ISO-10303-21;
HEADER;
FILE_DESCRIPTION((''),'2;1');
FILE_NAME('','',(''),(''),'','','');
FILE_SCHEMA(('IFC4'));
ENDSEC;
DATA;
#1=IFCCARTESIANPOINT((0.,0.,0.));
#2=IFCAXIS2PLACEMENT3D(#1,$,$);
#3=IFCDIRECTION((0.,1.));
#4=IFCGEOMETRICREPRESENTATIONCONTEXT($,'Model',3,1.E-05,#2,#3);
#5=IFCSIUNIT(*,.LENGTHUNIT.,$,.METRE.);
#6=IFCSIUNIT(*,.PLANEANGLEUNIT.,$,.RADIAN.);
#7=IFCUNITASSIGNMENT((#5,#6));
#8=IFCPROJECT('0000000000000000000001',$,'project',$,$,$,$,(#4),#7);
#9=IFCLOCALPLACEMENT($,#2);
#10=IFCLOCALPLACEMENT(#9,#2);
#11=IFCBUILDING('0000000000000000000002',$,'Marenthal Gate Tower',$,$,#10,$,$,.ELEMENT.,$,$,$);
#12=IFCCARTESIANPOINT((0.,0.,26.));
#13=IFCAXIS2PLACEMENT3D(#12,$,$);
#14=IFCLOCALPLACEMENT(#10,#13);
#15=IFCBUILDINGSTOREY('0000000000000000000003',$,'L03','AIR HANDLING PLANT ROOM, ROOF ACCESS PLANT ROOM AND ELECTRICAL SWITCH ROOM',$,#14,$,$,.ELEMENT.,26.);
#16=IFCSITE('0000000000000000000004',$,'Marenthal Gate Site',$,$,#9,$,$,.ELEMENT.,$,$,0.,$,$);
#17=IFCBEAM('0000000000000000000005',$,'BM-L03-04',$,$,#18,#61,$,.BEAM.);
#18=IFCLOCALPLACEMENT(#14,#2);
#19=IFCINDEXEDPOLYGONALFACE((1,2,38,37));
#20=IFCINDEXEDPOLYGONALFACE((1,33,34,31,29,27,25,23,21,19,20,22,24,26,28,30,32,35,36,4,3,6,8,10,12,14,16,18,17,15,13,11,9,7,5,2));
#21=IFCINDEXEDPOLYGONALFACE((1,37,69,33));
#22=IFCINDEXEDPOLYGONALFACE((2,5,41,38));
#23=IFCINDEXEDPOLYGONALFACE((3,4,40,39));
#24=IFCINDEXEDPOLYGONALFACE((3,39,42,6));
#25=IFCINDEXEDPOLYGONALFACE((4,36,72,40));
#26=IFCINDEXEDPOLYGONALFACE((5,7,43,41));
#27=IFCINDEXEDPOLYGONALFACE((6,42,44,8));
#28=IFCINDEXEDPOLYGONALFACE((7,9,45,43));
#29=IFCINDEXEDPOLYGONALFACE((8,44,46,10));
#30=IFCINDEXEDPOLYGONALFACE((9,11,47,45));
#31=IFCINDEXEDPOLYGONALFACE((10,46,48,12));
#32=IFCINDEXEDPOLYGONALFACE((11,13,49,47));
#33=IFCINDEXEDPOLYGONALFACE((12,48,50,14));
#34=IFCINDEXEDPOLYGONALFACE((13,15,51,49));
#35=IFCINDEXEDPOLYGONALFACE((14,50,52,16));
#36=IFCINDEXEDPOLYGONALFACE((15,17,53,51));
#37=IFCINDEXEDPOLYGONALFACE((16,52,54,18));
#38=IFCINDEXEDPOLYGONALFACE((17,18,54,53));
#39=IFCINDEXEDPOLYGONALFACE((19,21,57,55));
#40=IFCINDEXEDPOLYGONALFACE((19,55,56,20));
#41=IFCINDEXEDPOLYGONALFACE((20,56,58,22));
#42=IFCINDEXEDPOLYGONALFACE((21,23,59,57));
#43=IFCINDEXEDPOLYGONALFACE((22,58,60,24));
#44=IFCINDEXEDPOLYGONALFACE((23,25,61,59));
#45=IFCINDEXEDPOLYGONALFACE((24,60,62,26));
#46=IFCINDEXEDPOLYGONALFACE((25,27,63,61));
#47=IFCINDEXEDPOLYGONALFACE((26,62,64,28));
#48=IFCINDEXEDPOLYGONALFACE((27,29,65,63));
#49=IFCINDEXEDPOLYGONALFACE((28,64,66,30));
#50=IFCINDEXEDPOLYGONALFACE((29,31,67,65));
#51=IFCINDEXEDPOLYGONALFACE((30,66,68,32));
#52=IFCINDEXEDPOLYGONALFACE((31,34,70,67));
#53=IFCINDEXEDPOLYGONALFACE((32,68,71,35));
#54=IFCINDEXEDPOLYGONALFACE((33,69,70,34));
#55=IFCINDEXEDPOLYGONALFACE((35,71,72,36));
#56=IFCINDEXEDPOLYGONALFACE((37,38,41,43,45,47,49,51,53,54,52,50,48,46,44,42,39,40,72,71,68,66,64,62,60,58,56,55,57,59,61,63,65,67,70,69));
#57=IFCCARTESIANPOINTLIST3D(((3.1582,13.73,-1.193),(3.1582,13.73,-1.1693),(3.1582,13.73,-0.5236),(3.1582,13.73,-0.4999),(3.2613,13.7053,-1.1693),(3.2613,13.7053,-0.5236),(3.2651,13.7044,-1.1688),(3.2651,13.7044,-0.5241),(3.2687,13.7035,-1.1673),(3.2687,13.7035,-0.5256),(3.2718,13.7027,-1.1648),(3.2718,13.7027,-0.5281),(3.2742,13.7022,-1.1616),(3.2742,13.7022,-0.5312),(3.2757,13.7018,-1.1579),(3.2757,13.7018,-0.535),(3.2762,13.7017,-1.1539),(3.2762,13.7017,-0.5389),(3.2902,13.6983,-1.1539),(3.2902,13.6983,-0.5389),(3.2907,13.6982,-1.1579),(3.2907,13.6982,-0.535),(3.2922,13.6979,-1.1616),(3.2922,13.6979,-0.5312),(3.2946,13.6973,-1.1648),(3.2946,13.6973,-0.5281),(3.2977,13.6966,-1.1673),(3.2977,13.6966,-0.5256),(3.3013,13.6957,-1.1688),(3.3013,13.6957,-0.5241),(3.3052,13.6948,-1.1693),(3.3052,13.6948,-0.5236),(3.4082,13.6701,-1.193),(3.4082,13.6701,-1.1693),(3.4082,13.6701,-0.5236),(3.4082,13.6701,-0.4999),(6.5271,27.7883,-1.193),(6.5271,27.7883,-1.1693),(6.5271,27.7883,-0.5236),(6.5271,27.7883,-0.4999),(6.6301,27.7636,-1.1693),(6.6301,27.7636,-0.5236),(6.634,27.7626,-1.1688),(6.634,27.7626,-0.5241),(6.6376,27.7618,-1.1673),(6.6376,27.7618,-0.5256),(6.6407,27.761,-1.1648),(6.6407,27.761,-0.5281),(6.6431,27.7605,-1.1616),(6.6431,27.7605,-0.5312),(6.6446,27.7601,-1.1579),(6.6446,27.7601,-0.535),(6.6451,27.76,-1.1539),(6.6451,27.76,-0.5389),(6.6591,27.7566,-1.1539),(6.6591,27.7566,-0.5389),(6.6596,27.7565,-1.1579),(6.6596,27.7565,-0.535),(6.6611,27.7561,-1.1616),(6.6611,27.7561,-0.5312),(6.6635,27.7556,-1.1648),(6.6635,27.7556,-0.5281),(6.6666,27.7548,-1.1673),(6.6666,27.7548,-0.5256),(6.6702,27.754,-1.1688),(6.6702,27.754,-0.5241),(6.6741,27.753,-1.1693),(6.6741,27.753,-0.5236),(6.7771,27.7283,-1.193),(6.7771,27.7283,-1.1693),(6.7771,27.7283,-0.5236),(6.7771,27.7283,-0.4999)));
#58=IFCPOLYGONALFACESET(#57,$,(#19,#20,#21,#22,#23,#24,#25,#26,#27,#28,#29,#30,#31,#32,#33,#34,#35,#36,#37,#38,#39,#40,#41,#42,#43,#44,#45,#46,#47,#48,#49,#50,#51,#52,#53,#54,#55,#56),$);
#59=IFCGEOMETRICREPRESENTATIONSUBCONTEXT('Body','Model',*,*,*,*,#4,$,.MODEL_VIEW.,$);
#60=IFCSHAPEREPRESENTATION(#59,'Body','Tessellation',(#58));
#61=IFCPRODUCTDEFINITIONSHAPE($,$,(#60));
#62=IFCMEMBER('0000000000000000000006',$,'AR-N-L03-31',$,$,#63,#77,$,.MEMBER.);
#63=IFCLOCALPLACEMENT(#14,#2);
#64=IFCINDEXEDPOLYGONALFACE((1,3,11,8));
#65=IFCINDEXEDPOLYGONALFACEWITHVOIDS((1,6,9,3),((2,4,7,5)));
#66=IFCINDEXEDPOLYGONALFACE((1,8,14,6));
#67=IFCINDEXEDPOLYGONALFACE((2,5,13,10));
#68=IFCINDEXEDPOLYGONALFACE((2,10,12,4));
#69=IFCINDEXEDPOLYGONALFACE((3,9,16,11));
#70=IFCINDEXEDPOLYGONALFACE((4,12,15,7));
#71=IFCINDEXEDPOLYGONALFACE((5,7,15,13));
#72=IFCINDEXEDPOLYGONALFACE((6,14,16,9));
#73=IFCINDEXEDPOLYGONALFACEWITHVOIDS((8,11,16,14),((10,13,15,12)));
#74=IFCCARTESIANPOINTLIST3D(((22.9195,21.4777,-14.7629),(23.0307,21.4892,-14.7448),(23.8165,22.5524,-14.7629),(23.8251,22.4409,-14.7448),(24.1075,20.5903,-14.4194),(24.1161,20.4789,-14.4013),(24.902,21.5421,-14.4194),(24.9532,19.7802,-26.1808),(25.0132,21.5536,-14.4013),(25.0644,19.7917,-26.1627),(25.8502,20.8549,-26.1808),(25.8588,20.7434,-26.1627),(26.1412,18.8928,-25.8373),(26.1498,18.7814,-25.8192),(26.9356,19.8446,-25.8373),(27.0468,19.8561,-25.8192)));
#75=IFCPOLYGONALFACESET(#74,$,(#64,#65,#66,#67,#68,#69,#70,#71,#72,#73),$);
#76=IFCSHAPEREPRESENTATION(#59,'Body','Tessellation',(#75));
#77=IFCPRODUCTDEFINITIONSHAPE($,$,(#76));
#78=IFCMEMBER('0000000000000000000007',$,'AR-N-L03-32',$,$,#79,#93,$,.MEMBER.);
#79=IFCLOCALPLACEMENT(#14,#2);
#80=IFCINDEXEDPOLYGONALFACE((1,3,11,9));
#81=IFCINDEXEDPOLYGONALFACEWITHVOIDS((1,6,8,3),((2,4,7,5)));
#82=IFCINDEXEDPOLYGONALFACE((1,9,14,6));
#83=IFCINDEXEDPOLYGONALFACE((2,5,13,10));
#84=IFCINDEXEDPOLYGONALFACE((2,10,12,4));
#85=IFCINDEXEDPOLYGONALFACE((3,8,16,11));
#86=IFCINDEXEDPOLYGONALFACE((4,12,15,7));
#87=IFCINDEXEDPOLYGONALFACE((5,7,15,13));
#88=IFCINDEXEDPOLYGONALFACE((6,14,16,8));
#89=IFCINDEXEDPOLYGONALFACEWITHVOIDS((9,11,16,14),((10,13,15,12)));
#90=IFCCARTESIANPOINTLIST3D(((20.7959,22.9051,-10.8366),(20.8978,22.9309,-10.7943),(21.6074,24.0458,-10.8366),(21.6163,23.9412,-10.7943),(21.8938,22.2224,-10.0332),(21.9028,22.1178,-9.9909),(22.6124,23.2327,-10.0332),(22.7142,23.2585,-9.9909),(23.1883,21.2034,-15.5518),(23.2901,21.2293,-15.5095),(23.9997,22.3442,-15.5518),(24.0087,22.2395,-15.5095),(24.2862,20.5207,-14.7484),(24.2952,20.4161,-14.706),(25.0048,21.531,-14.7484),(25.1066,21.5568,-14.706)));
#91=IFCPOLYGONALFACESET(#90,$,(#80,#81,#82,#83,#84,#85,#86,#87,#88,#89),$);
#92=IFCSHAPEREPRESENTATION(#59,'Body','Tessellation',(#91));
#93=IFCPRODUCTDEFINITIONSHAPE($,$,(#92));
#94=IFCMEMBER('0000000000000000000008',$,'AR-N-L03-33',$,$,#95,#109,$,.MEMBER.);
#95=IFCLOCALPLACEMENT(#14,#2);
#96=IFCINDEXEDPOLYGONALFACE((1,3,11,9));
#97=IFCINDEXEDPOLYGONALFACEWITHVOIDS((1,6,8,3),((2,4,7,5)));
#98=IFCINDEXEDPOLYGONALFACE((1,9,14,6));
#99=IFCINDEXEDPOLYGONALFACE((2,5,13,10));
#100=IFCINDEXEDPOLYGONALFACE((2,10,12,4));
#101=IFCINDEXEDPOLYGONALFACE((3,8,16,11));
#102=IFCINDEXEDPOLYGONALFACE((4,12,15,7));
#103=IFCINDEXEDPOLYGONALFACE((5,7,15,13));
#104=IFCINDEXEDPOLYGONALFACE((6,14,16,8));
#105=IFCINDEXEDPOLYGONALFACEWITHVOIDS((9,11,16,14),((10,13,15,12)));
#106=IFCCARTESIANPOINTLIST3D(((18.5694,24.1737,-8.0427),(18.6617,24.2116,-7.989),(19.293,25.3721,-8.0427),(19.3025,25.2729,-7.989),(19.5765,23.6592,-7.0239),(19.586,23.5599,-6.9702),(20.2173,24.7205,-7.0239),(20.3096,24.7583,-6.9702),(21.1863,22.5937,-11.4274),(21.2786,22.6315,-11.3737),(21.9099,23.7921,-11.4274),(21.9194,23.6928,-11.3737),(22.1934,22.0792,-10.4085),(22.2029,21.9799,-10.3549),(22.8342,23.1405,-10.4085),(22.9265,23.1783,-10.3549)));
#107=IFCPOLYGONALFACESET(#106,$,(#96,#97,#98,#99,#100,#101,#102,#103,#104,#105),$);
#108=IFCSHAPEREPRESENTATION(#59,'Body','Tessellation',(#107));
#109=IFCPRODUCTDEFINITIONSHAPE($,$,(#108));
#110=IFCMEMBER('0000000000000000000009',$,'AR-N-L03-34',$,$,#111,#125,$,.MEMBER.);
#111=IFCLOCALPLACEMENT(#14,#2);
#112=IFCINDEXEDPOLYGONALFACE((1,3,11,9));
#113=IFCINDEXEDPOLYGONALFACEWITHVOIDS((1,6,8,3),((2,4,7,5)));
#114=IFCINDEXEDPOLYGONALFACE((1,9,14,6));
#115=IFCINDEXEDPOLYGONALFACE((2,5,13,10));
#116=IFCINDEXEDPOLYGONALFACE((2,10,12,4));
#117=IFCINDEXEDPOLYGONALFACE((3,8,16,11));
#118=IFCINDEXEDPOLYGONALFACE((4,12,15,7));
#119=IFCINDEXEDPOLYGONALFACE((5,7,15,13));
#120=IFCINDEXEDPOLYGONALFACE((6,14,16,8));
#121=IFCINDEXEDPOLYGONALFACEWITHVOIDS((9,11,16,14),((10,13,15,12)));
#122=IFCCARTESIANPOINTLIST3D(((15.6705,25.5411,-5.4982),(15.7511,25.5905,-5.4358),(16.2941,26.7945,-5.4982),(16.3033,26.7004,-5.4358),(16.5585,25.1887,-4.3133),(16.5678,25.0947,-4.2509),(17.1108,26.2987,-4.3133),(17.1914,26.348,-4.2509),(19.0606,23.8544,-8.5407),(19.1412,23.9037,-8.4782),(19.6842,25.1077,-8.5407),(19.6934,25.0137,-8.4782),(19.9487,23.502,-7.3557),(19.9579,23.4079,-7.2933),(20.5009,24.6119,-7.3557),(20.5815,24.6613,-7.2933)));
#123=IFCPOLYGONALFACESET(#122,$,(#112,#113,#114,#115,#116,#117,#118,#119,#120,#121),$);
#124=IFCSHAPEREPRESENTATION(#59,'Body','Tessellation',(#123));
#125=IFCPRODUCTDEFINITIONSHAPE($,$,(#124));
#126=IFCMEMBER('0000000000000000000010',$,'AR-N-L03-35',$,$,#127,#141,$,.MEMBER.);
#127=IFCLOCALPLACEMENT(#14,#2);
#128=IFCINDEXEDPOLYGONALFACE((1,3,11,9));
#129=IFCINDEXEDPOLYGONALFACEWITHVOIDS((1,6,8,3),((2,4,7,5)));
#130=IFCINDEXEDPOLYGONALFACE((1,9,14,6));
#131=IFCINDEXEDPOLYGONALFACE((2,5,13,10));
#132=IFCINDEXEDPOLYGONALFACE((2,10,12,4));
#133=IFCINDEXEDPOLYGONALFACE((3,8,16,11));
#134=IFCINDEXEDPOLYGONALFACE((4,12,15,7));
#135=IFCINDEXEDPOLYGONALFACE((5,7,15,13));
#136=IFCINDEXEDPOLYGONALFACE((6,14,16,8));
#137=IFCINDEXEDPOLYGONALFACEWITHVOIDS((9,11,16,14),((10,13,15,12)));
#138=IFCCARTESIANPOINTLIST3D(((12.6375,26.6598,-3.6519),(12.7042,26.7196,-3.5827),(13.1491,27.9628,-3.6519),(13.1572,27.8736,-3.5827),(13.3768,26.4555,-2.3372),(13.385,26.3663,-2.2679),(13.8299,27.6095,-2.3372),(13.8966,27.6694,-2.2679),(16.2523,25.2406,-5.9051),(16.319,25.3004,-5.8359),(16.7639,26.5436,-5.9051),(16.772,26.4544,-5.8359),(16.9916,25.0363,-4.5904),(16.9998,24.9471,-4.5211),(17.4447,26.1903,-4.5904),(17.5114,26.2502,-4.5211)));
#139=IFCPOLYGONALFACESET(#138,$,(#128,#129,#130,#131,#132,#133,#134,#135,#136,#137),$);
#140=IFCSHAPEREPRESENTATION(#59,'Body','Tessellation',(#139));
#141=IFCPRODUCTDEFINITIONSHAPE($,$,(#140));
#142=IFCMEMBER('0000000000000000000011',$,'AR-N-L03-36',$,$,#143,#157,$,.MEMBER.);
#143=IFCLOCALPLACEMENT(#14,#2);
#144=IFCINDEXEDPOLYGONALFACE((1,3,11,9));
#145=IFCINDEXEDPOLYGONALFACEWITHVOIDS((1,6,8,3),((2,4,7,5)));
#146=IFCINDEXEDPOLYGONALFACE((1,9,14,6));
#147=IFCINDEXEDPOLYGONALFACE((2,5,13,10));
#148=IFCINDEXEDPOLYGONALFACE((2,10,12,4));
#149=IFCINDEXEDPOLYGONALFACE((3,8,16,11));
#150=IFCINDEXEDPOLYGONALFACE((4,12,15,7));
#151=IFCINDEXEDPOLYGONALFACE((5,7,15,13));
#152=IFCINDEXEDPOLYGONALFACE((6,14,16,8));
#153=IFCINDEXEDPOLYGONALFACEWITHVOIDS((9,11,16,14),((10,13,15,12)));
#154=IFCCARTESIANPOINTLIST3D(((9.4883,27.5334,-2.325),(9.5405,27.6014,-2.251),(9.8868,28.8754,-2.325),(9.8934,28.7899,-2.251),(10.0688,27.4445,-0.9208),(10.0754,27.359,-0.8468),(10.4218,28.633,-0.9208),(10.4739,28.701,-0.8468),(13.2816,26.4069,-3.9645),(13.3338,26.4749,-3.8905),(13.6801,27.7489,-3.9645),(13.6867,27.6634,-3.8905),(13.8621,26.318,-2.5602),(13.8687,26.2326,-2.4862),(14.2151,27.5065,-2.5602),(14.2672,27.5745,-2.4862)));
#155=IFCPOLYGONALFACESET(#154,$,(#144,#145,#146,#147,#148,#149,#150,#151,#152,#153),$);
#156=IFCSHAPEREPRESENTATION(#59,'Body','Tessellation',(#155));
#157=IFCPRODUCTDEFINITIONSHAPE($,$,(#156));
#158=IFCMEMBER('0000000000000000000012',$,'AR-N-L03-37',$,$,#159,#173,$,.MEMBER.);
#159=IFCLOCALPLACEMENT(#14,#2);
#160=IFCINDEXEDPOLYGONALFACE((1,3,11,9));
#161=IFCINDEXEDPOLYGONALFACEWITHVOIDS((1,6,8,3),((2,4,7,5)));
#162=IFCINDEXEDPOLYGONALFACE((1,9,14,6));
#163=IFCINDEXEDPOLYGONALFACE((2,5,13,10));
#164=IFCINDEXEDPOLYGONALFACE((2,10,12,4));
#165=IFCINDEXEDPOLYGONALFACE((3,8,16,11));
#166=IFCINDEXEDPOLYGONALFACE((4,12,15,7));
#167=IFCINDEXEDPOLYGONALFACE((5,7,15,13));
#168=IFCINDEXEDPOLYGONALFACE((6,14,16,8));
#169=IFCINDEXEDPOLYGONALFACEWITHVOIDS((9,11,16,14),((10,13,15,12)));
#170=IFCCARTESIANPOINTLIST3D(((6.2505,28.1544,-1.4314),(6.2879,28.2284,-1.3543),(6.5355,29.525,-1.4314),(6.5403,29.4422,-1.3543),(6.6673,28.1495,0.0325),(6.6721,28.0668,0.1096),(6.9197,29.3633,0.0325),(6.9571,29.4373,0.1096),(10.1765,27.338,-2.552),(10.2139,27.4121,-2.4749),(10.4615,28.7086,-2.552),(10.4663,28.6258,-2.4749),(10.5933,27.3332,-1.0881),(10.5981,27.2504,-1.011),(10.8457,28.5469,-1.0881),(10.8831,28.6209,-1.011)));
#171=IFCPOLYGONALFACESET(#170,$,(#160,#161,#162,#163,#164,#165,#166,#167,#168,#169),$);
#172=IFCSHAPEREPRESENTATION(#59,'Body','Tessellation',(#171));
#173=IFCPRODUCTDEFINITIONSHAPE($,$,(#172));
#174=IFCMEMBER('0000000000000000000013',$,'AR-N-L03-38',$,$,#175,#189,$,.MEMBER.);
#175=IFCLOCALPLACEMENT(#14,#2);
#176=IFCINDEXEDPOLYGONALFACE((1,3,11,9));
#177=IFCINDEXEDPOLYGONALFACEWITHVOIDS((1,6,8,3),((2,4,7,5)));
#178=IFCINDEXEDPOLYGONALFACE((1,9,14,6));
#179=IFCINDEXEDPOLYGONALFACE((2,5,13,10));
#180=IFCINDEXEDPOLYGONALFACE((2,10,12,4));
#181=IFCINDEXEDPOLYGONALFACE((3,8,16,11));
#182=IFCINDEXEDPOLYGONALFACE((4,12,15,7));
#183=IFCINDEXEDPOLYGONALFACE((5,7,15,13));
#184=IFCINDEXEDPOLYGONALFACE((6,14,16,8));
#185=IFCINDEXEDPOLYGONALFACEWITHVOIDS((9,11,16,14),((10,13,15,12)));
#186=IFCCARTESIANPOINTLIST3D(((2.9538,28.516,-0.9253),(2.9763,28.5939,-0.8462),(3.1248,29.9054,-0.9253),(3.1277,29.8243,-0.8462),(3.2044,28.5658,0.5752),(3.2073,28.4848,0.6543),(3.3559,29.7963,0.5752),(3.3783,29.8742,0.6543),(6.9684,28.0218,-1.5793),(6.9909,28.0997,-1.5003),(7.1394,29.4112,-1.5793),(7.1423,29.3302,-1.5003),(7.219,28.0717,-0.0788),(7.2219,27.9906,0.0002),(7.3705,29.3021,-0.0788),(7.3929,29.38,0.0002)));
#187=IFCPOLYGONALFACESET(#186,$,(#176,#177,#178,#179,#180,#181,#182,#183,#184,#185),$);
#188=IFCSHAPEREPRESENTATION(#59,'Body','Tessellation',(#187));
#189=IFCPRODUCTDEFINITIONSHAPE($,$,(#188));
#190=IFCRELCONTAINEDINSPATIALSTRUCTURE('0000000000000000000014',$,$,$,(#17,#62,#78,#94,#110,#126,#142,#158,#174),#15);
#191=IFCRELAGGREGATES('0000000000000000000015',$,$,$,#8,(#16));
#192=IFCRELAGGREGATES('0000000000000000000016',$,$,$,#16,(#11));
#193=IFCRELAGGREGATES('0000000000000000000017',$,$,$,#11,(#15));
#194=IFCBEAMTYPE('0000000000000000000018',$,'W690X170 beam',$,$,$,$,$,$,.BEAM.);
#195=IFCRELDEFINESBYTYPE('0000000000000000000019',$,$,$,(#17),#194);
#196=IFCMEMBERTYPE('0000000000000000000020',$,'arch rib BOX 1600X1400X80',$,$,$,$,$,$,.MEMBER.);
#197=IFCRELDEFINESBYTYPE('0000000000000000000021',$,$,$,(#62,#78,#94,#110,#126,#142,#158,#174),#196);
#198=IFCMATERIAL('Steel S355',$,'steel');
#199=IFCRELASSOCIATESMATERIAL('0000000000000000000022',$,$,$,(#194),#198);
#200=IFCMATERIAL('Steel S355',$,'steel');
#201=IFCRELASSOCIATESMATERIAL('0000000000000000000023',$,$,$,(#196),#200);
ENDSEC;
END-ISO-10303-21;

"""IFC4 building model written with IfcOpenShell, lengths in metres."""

from ifc_helpers import new_model, si_unit, direction, frame, origin, origin_2d, place, context, subcontext, project, spatial, hollow_rectangle, i_section, extrude, material, material_profile, profile_set, type_object, element, save


model = new_model("IFC4")

# Units and contexts
model_context = context("Model", 3, precision=1e-05, world=origin(), true_north=direction((0.0, 1.0)))
body_context = subcontext(model_context, "Body", "Model", "MODEL_VIEW")
ifc_project = project(units=[si_unit("LENGTHUNIT", "METRE"), si_unit("PLANEANGLEUNIT", "RADIAN")], contexts=[model_context])

# Site, building, storey
site_placement = place(None, origin())
site = spatial("IfcSite", under=ifc_project, at=site_placement, Name="Marenthal Gate Site", CompositionType="ELEMENT", RefElevation=0.0)
building_placement = place(site_placement, origin())
building = spatial("IfcBuilding", under=site, at=building_placement, Name="Marenthal Gate Tower", CompositionType="ELEMENT")
storey_placement = place(building_placement, frame((0.0, 0.0, 26.0)))
storey = spatial("IfcBuildingStorey", under=building, at=storey_placement, Name="L03", Description="AIR HANDLING PLANT ROOM, ROOF ACCESS PLANT ROOM AND ELECTRICAL SWITCH ROOM", CompositionType="ELEMENT", Elevation=26.0)

# Beam
ifc_material_1 = material(Name="Steel S355", Category="steel")
ifc_material_profile_1 = material_profile(ifc_material_1, i_section(OverallWidth=0.2571, OverallDepth=0.6931, WebThickness=0.0144, FlangeThickness=0.0237, FilletRadius=0.0154, at=origin_2d()), Name="W690X170")
ifc_profile_set_1 = profile_set([ifc_material_profile_1], Name="Steel S355")
beam_type_1 = type_object("IfcBeamType", Name="W690X170 beam", PredefinedType="BEAM", material=ifc_profile_set_1)
beam_1_placement = place(storey_placement, frame((6.6521, 27.7583, -0.8464), z_axis=(-0.233039, -0.972467, 0.0), x_axis=(0.972467, -0.233039, 0.0)))
element("IfcBeam", 1, at=beam_1_placement, inside=storey, type_object=beam_type_1, Name="BM-L03-04", PredefinedType="BEAM", context=body_context, shape_type="SweptSolid", body=[
    extrude(i_section(OverallWidth=0.2571, OverallDepth=0.6931, WebThickness=0.0144, FlangeThickness=0.0237, FilletRadius=0.0154, at=origin_2d()), origin(), (0.0, 0.0, 1.0), 14.4563),
])

# Members
ifc_material_2 = material(Name="Steel S355", Category="steel")
ifc_material_profile_2 = material_profile(ifc_material_2, hollow_rectangle(XDim=1.3999, YDim=1.6001, WallThickness=0.0801, at=origin_2d()), Name="BOX 1600X1400X80")
ifc_profile_set_2 = profile_set([ifc_material_profile_2], Name="Steel S355")
member_type_1 = type_object("IfcMemberType", Name="arch rib BOX 1600X1400X80", PredefinedType="MEMBER", material=ifc_profile_set_2)
member_1_placement = place(storey_placement, frame((26.0, 19.8181, -26.0), z_axis=(-0.173505, 0.144823, 0.974126), x_axis=(-0.640801, -0.767707, 0.0)))
element("IfcMember", 2, at=member_1_placement, inside=storey, type_object=member_type_1, Name="AR-N-L03-31", PredefinedType="MEMBER", context=body_context, shape_type="SweptSolid", body=[
    extrude(hollow_rectangle(XDim=1.3999, YDim=1.6001, WallThickness=0.0801, at=origin_2d()), origin(), (0.0, 0.0, 1.0), 11.7212),
])
member_2_placement = place(storey_placement, frame((24.1475, 21.3801, -15.1289), z_axis=(-0.430712, 0.306365, 0.848898), x_axis=(-0.579624, -0.814884, 0.0)))
element("IfcMember", 3, at=member_2_placement, inside=storey, type_object=member_type_1, Name="AR-N-L03-32", PredefinedType="MEMBER", context=body_context, shape_type="SweptSolid", body=[
    extrude(hollow_rectangle(XDim=1.3999, YDim=1.6001, WallThickness=0.0801, at=origin_2d()), origin(), (0.0, 0.0, 1.0), 5.5544),
])
member_3_placement = place(storey_placement, frame((22.0564, 22.886, -10.8911), z_axis=(-0.57378, 0.346441, 0.742129), x_axis=(-0.516878, -0.856059, 0.0)))
element("IfcMember", 4, at=member_3_placement, inside=storey, type_object=member_type_1, Name="AR-N-L03-33", PredefinedType="MEMBER", context=body_context, shape_type="SweptSolid", body=[
    extrude(hollow_rectangle(XDim=1.3999, YDim=1.6001, WallThickness=0.0801, at=origin_2d()), origin(), (0.0, 0.0, 1.0), 4.5608),
])
member_4_placement = place(storey_placement, frame((19.821, 24.2578, -7.917), z_axis=(-0.697924, 0.347253, 0.626352), x_axis=(-0.445459, -0.895302, 0.0)))
element("IfcMember", 5, at=member_4_placement, inside=storey, type_object=member_type_1, Name="AR-N-L03-34", PredefinedType="MEMBER", context=body_context, shape_type="SweptSolid", body=[
    extrude(hollow_rectangle(XDim=1.3999, YDim=1.6001, WallThickness=0.0801, at=origin_2d()), origin(), (0.0, 0.0, 1.0), 4.8574),
])
member_5_placement = place(storey_placement, frame((16.8818, 25.7454, -5.2131), z_axis=(-0.805122, 0.3161, 0.501856), x_axis=(-0.365454, -0.930829, 0.0)))
element("IfcMember", 6, at=member_5_placement, inside=storey, type_object=member_type_1, Name="AR-N-L03-35", PredefinedType="MEMBER", context=body_context, shape_type="SweptSolid", body=[
    extrude(hollow_rectangle(XDim=1.3999, YDim=1.6001, WallThickness=0.0801, at=origin_2d()), origin(), (0.0, 0.0, 1.0), 4.4897),
])
member_6_placement = place(storey_placement, frame((13.7744, 26.9907, -3.2253), z_axis=(-0.885621, 0.263002, 0.38276), x_axis=(-0.284681, -0.958622, 0.0)))
element("IfcMember", 7, at=member_6_placement, inside=storey, type_object=member_type_1, Name="AR-N-L03-36", PredefinedType="MEMBER", context=body_context, shape_type="SweptSolid", body=[
    extrude(hollow_rectangle(XDim=1.3999, YDim=1.6001, WallThickness=0.0801, at=origin_2d()), origin(), (0.0, 0.0, 1.0), 4.2832),
])
member_7_placement = place(storey_placement, frame((10.5298, 27.9795, -1.7815), z_axis=(-0.94293, 0.19608, 0.26914), x_axis=(-0.203592, -0.979056, 0.0)))
element("IfcMember", 8, at=member_7_placement, inside=storey, type_object=member_type_1, Name="AR-N-L03-37", PredefinedType="MEMBER", context=body_context, shape_type="SweptSolid", body=[
    extrude(hollow_rectangle(XDim=1.3999, YDim=1.6001, WallThickness=0.0801, at=origin_2d()), origin(), (0.0, 0.0, 1.0), 4.1636),
])
member_8_placement = place(storey_placement, frame((7.1807, 28.7009, -0.7896), z_axis=(-0.979784, 0.120596, 0.159623), x_axis=(-0.122163, -0.99251, 0.0)))
element("IfcMember", 9, at=member_8_placement, inside=storey, type_object=member_type_1, Name="AR-N-L03-38", PredefinedType="MEMBER", context=body_context, shape_type="SweptSolid", body=[
    extrude(hollow_rectangle(XDim=1.3999, YDim=1.6001, WallThickness=0.0801, at=origin_2d()), origin(), (0.0, 0.0, 1.0), 4.0974),
])

save(model, "model.ifc")
